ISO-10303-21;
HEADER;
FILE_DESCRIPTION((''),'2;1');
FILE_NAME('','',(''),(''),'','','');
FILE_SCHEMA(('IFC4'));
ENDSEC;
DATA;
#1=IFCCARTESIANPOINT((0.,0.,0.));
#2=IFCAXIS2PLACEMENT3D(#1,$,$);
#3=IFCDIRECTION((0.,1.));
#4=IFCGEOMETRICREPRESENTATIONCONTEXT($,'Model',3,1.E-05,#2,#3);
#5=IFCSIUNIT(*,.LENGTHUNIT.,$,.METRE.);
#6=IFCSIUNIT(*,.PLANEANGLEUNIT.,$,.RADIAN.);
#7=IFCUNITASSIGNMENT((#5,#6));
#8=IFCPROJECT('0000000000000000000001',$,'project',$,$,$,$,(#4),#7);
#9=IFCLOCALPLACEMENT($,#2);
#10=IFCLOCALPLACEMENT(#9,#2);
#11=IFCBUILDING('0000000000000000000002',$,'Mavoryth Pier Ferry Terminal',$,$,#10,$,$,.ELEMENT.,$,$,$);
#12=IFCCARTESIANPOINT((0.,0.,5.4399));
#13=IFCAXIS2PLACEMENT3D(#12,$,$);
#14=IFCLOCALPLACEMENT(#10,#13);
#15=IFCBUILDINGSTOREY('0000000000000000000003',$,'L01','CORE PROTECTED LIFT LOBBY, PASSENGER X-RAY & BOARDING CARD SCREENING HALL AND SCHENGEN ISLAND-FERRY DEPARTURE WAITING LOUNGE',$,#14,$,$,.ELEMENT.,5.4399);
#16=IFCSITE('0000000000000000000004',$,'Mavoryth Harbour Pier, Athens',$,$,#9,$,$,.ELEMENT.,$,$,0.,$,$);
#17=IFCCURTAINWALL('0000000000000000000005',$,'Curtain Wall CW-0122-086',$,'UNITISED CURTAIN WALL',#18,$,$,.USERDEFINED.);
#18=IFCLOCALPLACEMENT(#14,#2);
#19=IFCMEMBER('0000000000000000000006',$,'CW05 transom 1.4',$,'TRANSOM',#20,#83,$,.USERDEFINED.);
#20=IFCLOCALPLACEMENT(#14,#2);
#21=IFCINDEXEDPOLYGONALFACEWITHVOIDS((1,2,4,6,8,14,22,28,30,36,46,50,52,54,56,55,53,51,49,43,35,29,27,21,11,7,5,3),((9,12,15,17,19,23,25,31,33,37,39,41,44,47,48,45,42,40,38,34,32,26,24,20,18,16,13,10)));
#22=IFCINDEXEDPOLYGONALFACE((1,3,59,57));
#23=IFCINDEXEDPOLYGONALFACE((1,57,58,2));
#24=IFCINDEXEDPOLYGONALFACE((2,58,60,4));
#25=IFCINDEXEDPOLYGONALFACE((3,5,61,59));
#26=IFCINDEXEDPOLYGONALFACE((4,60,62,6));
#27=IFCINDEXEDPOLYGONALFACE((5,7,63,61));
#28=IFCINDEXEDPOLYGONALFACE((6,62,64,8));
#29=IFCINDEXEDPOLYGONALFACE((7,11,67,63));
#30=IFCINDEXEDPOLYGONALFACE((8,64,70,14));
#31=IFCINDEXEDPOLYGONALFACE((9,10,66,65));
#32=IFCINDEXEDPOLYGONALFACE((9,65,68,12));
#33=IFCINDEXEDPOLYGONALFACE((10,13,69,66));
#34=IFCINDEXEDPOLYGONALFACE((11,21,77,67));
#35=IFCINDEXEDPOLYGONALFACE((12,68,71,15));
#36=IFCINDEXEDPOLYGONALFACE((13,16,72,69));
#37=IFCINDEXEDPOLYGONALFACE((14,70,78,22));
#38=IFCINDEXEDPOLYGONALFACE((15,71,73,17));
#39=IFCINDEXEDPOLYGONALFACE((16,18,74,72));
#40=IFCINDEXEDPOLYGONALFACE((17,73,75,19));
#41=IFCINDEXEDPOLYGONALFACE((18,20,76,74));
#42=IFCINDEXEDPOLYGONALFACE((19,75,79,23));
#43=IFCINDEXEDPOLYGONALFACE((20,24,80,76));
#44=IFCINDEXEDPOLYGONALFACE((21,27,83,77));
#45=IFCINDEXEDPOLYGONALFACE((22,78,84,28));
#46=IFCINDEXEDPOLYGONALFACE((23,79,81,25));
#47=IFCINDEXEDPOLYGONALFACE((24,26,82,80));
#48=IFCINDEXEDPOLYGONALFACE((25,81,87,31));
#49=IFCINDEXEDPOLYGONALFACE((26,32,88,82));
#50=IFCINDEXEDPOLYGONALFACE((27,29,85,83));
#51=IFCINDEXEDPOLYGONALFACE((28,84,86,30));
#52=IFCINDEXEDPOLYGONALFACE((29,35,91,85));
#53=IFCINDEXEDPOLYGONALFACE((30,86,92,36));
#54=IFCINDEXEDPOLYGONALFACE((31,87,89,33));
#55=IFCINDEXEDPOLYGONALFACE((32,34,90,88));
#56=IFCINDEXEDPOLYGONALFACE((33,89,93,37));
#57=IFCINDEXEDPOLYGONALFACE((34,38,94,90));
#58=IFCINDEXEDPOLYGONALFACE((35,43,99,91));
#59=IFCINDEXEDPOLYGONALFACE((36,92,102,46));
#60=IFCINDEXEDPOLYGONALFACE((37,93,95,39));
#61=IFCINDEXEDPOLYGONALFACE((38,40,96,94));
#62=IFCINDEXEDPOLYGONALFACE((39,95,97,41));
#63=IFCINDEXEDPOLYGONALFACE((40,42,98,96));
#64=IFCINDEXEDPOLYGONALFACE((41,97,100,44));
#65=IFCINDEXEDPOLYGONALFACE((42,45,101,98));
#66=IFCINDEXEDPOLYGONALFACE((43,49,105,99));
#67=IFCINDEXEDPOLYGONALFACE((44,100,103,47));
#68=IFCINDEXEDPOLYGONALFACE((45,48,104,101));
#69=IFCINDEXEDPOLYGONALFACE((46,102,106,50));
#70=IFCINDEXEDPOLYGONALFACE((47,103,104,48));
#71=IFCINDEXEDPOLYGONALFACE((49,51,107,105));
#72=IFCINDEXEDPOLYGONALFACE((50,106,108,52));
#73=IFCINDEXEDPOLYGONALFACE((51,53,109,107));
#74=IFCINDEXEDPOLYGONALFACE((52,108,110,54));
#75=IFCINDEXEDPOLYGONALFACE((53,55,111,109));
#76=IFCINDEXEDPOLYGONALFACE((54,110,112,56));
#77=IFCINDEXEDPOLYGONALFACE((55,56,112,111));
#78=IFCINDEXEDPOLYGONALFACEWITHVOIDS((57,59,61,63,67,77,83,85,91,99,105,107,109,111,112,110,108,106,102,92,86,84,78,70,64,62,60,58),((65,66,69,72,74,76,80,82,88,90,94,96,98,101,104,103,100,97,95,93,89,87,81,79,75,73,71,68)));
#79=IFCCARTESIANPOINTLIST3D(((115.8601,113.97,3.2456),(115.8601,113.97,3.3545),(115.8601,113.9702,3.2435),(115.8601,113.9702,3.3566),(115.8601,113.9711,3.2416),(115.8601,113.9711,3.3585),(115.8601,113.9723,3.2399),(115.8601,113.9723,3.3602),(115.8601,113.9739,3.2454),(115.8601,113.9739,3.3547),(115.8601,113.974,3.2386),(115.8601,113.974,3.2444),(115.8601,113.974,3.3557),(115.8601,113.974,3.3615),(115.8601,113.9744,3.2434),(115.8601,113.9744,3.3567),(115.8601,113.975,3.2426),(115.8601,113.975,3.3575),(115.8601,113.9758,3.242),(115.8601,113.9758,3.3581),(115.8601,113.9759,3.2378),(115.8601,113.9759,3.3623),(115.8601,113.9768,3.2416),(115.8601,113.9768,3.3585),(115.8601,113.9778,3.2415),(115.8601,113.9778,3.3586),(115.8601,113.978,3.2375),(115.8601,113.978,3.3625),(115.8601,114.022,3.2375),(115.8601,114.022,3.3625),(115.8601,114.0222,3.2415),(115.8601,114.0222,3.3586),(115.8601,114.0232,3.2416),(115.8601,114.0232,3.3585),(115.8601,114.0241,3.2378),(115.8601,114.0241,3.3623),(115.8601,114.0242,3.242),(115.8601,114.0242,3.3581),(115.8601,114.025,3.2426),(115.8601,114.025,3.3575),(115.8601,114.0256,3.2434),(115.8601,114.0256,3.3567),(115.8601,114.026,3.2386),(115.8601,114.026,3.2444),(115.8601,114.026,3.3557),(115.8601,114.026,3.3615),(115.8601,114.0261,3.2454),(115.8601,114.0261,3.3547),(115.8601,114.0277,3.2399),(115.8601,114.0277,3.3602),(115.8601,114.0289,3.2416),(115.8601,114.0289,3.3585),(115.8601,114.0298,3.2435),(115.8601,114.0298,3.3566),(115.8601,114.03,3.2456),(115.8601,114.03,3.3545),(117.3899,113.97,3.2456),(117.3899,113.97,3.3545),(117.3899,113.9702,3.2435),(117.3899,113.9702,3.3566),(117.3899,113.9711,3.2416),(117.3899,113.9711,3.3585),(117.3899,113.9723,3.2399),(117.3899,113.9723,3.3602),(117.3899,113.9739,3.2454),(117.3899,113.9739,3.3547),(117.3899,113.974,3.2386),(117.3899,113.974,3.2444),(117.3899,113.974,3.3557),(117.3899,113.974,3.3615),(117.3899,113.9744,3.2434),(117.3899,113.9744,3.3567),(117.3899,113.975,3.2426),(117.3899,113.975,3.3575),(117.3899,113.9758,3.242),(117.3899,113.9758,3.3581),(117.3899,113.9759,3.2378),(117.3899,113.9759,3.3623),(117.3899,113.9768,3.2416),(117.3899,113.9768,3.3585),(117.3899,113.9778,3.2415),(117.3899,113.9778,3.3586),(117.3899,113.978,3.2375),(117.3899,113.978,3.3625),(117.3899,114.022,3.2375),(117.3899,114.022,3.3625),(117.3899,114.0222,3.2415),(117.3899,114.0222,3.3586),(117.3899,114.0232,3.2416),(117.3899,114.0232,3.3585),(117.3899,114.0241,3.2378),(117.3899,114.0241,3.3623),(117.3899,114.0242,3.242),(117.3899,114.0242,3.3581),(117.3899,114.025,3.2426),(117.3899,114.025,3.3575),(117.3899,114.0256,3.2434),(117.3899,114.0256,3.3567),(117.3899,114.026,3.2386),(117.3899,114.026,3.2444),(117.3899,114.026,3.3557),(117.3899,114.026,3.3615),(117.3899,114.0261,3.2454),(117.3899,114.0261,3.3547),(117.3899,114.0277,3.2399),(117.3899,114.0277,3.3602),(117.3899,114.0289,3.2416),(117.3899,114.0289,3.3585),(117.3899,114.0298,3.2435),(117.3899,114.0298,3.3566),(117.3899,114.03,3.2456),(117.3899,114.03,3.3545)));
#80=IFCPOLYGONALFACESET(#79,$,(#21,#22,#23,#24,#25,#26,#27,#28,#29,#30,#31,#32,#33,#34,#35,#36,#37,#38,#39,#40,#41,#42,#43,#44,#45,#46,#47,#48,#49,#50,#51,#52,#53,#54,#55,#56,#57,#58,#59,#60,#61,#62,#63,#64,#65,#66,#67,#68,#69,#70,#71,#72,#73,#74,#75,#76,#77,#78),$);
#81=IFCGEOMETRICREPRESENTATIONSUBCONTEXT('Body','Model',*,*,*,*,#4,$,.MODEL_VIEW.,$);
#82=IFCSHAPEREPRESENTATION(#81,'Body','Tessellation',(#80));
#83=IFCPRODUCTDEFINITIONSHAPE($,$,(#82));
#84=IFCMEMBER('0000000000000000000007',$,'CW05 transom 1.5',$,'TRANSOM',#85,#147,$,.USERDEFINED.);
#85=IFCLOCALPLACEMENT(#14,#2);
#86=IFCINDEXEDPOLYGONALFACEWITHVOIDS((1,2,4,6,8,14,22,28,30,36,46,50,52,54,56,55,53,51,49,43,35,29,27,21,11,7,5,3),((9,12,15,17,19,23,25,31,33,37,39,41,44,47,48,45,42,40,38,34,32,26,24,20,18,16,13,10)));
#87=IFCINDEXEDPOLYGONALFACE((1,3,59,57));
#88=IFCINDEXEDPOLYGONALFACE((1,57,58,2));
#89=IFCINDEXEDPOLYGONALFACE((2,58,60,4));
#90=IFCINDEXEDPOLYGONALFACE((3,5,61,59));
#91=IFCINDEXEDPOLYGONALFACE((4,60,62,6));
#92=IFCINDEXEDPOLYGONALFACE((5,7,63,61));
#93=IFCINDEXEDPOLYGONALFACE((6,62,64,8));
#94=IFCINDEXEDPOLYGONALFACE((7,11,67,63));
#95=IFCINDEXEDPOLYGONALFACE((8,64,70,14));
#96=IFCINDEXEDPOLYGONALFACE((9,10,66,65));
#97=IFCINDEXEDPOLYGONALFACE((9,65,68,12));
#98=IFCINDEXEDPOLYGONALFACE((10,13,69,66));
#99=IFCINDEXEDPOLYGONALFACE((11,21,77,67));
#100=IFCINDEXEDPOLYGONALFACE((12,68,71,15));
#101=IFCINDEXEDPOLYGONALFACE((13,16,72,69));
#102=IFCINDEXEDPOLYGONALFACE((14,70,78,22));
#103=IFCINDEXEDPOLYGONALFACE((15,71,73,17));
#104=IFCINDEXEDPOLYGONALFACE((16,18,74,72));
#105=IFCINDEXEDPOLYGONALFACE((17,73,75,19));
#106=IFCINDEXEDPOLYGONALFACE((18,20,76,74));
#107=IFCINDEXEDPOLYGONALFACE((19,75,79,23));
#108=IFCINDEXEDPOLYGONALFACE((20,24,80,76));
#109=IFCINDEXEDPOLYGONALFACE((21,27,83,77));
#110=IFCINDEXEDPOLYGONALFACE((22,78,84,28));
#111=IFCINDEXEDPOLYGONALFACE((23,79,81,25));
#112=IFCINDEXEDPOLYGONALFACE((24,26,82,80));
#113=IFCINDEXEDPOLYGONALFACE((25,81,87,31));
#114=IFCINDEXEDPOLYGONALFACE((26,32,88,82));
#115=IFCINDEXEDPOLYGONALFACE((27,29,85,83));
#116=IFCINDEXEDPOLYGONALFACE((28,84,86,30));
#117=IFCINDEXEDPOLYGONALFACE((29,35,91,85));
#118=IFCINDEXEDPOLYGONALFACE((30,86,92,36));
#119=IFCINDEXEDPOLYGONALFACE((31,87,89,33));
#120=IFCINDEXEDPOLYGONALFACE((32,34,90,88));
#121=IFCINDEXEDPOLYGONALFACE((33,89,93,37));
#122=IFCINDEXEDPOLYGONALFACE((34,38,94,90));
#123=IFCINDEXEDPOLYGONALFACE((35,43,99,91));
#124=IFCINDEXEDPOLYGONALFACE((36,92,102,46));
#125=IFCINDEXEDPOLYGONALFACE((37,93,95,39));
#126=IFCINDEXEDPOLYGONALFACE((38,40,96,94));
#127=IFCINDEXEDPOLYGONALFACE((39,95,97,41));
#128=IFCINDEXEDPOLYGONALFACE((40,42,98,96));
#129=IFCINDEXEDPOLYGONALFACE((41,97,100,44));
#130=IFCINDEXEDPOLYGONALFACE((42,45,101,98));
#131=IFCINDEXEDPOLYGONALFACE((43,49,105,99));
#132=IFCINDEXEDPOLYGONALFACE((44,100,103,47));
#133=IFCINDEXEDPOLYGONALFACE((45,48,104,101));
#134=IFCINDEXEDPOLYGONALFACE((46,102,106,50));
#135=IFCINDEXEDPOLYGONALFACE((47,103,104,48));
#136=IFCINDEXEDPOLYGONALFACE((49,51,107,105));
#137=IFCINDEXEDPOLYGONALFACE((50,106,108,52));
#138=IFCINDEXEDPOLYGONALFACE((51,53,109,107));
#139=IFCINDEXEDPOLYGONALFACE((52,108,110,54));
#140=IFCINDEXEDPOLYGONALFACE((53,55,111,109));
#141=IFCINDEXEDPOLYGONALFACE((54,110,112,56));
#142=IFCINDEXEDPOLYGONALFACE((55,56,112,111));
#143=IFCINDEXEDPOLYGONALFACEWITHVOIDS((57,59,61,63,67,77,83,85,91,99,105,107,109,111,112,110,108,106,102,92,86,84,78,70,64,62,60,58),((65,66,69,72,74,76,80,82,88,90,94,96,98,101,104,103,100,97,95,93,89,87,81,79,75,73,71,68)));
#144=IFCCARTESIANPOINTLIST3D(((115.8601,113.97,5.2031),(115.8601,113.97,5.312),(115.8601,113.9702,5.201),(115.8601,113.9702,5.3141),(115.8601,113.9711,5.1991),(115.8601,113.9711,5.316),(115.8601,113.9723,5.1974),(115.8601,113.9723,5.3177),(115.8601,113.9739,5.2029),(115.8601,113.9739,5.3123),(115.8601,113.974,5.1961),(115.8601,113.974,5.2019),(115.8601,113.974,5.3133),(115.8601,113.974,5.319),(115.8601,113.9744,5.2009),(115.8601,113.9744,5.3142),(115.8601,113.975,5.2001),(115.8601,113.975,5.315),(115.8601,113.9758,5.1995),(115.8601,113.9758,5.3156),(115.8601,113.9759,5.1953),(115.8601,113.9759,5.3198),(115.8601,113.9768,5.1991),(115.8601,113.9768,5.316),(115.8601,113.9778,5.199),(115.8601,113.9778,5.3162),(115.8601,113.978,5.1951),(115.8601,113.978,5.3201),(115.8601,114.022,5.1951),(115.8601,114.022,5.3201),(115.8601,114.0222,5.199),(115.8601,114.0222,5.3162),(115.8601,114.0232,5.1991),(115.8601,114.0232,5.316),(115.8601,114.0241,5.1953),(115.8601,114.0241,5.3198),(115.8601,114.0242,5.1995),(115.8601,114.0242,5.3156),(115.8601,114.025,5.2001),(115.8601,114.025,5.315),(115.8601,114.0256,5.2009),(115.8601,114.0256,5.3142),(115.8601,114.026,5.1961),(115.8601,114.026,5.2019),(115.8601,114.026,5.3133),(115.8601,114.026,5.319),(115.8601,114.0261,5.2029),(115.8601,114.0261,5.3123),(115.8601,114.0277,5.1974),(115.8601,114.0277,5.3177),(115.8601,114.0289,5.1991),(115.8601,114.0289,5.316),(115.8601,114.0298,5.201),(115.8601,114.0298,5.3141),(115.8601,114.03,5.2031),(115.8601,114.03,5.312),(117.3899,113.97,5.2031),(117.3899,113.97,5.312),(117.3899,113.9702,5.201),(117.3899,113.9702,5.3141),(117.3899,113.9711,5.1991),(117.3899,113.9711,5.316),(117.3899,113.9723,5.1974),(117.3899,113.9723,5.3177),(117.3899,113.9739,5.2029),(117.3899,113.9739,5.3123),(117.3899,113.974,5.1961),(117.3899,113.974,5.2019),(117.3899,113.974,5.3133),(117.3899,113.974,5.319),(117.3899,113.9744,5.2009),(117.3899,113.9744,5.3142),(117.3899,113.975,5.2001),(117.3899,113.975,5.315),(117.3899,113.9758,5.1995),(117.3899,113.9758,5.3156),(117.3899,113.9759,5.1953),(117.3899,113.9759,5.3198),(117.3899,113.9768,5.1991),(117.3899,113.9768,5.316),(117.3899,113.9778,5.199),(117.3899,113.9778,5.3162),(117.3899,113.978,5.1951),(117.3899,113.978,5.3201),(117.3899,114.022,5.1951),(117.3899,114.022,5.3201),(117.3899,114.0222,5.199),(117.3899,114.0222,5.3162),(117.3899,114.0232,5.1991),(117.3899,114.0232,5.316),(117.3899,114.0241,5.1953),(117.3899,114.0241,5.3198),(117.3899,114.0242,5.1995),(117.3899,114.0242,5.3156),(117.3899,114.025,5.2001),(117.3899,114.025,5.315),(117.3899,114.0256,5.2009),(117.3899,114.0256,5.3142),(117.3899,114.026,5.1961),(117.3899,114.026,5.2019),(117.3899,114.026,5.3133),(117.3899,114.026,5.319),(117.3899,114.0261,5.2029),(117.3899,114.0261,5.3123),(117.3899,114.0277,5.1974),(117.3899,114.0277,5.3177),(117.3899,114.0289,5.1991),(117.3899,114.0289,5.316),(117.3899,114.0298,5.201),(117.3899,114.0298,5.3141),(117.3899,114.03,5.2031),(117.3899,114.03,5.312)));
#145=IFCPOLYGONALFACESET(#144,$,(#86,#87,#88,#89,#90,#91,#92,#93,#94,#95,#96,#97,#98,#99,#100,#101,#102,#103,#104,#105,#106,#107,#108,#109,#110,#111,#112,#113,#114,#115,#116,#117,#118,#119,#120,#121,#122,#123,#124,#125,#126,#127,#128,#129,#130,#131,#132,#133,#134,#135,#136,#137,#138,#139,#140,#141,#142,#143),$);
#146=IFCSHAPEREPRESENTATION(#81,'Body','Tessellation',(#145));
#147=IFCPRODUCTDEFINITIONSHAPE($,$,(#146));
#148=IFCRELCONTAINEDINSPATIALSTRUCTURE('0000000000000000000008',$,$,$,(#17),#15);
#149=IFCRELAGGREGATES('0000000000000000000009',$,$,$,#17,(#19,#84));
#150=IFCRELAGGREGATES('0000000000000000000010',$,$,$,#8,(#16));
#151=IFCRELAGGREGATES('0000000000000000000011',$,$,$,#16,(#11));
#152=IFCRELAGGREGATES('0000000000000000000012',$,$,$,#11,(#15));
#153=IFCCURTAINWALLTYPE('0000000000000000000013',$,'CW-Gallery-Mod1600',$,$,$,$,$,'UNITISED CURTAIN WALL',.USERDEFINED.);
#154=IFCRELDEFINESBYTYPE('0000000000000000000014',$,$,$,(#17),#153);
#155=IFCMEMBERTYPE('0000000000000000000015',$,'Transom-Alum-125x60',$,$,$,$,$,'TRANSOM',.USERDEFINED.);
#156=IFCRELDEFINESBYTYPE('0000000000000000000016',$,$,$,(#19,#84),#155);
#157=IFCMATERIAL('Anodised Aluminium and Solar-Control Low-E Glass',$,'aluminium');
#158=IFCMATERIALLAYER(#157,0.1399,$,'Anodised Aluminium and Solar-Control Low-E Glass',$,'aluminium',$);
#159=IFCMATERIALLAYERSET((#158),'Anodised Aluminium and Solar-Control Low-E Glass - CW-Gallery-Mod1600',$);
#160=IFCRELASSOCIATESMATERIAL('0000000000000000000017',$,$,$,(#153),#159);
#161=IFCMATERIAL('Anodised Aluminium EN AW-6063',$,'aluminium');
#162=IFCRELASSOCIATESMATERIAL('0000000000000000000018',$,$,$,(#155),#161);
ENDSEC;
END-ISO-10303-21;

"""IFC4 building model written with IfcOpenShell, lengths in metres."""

from ifc_helpers import new_model, si_unit, direction, frame, origin, origin_2d, place, context, subcontext, project, spatial, hollow_rectangle, extrude, material, layer, layer_set, material_profile, profile_set, type_object, element, aggregate, save


model = new_model("IFC4")

# Units and contexts
model_context = context("Model", 3, precision=1e-05, world=origin(), true_north=direction((0.0, 1.0)))
body_context = subcontext(model_context, "Body", "Model", "MODEL_VIEW")
ifc_project = project(units=[si_unit("LENGTHUNIT", "METRE"), si_unit("PLANEANGLEUNIT", "RADIAN")], contexts=[model_context])

# Site, building, storey
site_placement = place(None, origin())
site = spatial("IfcSite", under=ifc_project, at=site_placement, Name="Mavoryth Harbour Pier, Athens", CompositionType="ELEMENT", RefElevation=0.0)
building_placement = place(site_placement, origin())
building = spatial("IfcBuilding", under=site, at=building_placement, Name="Mavoryth Pier Ferry Terminal", CompositionType="ELEMENT")
storey_placement = place(building_placement, frame((0.0, 0.0, 5.4399)))
storey = spatial("IfcBuildingStorey", under=building, at=storey_placement, Name="L01", Description="CORE PROTECTED LIFT LOBBY, PASSENGER X-RAY & BOARDING CARD SCREENING HALL AND SCHENGEN ISLAND-FERRY DEPARTURE WAITING LOUNGE", CompositionType="ELEMENT", Elevation=5.4399)

# Curtain wall
ifc_material_1 = material(Name="Anodised Aluminium and Solar-Control Low-E Glass", Category="aluminium")
ifc_layer_1 = layer(ifc_material_1, 0.1399, Name="Anodised Aluminium and Solar-Control Low-E Glass", Category="aluminium")
ifc_layer_set_1 = layer_set([ifc_layer_1], Name="Anodised Aluminium and Solar-Control Low-E Glass - CW-Gallery-Mod1600")
curtain_wall_type = type_object("IfcCurtainWallType", Name="CW-Gallery-Mod1600", ElementType="UNITISED CURTAIN WALL", PredefinedType="USERDEFINED", material=ifc_layer_set_1)
curtain_wall_1_placement = place(storey_placement, origin())
curtain_wall_1 = element("IfcCurtainWall", 1, at=curtain_wall_1_placement, inside=storey, type_object=curtain_wall_type, Name="Curtain Wall CW-0122-086", ObjectType="UNITISED CURTAIN WALL", PredefinedType="USERDEFINED")
ifc_material_2 = material(Name="Anodised Aluminium EN AW-6063", Category="aluminium")

# Members
ifc_material_profile_1 = material_profile(ifc_material_2, hollow_rectangle(XDim=0.0601, YDim=0.125, WallThickness=0.0039, InnerFilletRadius=0.0039, OuterFilletRadius=0.0081, at=origin_2d()), Name="AL-TRAN 125x60x4", Category="aluminium")
ifc_profile_set_1 = profile_set([ifc_material_profile_1], Name="Anodised Aluminium EN AW-6063 - AL-TRAN 125x60x4")
member_type_1 = type_object("IfcMemberType", Name="Transom-Alum-125x60", ElementType="TRANSOM", PredefinedType="USERDEFINED", material=ifc_profile_set_1)
member_1_placement = place(storey_placement, frame((117.3899, 114.0, 3.3), z_axis=(-1.0, 0.0, 0.0), x_axis=(0.0, -1.0, 0.0)))
member_1 = element("IfcMember", 2, at=member_1_placement, type_object=member_type_1, Name="CW05 transom 1.4", ObjectType="TRANSOM", PredefinedType="USERDEFINED", context=body_context, shape_type="SweptSolid", body=[
    extrude(hollow_rectangle(XDim=0.0601, YDim=0.125, WallThickness=0.0039, InnerFilletRadius=0.0039, OuterFilletRadius=0.0081, at=origin_2d()), origin(), (0.0, 0.0, 1.0), 1.5298),
])
member_2_placement = place(storey_placement, frame((117.3899, 114.0, 5.2576), z_axis=(-1.0, 0.0, 0.0), x_axis=(0.0, -1.0, 0.0)))
member_2 = element("IfcMember", 3, at=member_2_placement, type_object=member_type_1, Name="CW05 transom 1.5", ObjectType="TRANSOM", PredefinedType="USERDEFINED", context=body_context, shape_type="SweptSolid", body=[
    extrude(hollow_rectangle(XDim=0.0601, YDim=0.125, WallThickness=0.0039, InnerFilletRadius=0.0039, OuterFilletRadius=0.0081, at=origin_2d()), origin(), (0.0, 0.0, 1.0), 1.5298),
])

aggregate(curtain_wall_1, [member_1, member_2])

save(model, "model.ifc")
